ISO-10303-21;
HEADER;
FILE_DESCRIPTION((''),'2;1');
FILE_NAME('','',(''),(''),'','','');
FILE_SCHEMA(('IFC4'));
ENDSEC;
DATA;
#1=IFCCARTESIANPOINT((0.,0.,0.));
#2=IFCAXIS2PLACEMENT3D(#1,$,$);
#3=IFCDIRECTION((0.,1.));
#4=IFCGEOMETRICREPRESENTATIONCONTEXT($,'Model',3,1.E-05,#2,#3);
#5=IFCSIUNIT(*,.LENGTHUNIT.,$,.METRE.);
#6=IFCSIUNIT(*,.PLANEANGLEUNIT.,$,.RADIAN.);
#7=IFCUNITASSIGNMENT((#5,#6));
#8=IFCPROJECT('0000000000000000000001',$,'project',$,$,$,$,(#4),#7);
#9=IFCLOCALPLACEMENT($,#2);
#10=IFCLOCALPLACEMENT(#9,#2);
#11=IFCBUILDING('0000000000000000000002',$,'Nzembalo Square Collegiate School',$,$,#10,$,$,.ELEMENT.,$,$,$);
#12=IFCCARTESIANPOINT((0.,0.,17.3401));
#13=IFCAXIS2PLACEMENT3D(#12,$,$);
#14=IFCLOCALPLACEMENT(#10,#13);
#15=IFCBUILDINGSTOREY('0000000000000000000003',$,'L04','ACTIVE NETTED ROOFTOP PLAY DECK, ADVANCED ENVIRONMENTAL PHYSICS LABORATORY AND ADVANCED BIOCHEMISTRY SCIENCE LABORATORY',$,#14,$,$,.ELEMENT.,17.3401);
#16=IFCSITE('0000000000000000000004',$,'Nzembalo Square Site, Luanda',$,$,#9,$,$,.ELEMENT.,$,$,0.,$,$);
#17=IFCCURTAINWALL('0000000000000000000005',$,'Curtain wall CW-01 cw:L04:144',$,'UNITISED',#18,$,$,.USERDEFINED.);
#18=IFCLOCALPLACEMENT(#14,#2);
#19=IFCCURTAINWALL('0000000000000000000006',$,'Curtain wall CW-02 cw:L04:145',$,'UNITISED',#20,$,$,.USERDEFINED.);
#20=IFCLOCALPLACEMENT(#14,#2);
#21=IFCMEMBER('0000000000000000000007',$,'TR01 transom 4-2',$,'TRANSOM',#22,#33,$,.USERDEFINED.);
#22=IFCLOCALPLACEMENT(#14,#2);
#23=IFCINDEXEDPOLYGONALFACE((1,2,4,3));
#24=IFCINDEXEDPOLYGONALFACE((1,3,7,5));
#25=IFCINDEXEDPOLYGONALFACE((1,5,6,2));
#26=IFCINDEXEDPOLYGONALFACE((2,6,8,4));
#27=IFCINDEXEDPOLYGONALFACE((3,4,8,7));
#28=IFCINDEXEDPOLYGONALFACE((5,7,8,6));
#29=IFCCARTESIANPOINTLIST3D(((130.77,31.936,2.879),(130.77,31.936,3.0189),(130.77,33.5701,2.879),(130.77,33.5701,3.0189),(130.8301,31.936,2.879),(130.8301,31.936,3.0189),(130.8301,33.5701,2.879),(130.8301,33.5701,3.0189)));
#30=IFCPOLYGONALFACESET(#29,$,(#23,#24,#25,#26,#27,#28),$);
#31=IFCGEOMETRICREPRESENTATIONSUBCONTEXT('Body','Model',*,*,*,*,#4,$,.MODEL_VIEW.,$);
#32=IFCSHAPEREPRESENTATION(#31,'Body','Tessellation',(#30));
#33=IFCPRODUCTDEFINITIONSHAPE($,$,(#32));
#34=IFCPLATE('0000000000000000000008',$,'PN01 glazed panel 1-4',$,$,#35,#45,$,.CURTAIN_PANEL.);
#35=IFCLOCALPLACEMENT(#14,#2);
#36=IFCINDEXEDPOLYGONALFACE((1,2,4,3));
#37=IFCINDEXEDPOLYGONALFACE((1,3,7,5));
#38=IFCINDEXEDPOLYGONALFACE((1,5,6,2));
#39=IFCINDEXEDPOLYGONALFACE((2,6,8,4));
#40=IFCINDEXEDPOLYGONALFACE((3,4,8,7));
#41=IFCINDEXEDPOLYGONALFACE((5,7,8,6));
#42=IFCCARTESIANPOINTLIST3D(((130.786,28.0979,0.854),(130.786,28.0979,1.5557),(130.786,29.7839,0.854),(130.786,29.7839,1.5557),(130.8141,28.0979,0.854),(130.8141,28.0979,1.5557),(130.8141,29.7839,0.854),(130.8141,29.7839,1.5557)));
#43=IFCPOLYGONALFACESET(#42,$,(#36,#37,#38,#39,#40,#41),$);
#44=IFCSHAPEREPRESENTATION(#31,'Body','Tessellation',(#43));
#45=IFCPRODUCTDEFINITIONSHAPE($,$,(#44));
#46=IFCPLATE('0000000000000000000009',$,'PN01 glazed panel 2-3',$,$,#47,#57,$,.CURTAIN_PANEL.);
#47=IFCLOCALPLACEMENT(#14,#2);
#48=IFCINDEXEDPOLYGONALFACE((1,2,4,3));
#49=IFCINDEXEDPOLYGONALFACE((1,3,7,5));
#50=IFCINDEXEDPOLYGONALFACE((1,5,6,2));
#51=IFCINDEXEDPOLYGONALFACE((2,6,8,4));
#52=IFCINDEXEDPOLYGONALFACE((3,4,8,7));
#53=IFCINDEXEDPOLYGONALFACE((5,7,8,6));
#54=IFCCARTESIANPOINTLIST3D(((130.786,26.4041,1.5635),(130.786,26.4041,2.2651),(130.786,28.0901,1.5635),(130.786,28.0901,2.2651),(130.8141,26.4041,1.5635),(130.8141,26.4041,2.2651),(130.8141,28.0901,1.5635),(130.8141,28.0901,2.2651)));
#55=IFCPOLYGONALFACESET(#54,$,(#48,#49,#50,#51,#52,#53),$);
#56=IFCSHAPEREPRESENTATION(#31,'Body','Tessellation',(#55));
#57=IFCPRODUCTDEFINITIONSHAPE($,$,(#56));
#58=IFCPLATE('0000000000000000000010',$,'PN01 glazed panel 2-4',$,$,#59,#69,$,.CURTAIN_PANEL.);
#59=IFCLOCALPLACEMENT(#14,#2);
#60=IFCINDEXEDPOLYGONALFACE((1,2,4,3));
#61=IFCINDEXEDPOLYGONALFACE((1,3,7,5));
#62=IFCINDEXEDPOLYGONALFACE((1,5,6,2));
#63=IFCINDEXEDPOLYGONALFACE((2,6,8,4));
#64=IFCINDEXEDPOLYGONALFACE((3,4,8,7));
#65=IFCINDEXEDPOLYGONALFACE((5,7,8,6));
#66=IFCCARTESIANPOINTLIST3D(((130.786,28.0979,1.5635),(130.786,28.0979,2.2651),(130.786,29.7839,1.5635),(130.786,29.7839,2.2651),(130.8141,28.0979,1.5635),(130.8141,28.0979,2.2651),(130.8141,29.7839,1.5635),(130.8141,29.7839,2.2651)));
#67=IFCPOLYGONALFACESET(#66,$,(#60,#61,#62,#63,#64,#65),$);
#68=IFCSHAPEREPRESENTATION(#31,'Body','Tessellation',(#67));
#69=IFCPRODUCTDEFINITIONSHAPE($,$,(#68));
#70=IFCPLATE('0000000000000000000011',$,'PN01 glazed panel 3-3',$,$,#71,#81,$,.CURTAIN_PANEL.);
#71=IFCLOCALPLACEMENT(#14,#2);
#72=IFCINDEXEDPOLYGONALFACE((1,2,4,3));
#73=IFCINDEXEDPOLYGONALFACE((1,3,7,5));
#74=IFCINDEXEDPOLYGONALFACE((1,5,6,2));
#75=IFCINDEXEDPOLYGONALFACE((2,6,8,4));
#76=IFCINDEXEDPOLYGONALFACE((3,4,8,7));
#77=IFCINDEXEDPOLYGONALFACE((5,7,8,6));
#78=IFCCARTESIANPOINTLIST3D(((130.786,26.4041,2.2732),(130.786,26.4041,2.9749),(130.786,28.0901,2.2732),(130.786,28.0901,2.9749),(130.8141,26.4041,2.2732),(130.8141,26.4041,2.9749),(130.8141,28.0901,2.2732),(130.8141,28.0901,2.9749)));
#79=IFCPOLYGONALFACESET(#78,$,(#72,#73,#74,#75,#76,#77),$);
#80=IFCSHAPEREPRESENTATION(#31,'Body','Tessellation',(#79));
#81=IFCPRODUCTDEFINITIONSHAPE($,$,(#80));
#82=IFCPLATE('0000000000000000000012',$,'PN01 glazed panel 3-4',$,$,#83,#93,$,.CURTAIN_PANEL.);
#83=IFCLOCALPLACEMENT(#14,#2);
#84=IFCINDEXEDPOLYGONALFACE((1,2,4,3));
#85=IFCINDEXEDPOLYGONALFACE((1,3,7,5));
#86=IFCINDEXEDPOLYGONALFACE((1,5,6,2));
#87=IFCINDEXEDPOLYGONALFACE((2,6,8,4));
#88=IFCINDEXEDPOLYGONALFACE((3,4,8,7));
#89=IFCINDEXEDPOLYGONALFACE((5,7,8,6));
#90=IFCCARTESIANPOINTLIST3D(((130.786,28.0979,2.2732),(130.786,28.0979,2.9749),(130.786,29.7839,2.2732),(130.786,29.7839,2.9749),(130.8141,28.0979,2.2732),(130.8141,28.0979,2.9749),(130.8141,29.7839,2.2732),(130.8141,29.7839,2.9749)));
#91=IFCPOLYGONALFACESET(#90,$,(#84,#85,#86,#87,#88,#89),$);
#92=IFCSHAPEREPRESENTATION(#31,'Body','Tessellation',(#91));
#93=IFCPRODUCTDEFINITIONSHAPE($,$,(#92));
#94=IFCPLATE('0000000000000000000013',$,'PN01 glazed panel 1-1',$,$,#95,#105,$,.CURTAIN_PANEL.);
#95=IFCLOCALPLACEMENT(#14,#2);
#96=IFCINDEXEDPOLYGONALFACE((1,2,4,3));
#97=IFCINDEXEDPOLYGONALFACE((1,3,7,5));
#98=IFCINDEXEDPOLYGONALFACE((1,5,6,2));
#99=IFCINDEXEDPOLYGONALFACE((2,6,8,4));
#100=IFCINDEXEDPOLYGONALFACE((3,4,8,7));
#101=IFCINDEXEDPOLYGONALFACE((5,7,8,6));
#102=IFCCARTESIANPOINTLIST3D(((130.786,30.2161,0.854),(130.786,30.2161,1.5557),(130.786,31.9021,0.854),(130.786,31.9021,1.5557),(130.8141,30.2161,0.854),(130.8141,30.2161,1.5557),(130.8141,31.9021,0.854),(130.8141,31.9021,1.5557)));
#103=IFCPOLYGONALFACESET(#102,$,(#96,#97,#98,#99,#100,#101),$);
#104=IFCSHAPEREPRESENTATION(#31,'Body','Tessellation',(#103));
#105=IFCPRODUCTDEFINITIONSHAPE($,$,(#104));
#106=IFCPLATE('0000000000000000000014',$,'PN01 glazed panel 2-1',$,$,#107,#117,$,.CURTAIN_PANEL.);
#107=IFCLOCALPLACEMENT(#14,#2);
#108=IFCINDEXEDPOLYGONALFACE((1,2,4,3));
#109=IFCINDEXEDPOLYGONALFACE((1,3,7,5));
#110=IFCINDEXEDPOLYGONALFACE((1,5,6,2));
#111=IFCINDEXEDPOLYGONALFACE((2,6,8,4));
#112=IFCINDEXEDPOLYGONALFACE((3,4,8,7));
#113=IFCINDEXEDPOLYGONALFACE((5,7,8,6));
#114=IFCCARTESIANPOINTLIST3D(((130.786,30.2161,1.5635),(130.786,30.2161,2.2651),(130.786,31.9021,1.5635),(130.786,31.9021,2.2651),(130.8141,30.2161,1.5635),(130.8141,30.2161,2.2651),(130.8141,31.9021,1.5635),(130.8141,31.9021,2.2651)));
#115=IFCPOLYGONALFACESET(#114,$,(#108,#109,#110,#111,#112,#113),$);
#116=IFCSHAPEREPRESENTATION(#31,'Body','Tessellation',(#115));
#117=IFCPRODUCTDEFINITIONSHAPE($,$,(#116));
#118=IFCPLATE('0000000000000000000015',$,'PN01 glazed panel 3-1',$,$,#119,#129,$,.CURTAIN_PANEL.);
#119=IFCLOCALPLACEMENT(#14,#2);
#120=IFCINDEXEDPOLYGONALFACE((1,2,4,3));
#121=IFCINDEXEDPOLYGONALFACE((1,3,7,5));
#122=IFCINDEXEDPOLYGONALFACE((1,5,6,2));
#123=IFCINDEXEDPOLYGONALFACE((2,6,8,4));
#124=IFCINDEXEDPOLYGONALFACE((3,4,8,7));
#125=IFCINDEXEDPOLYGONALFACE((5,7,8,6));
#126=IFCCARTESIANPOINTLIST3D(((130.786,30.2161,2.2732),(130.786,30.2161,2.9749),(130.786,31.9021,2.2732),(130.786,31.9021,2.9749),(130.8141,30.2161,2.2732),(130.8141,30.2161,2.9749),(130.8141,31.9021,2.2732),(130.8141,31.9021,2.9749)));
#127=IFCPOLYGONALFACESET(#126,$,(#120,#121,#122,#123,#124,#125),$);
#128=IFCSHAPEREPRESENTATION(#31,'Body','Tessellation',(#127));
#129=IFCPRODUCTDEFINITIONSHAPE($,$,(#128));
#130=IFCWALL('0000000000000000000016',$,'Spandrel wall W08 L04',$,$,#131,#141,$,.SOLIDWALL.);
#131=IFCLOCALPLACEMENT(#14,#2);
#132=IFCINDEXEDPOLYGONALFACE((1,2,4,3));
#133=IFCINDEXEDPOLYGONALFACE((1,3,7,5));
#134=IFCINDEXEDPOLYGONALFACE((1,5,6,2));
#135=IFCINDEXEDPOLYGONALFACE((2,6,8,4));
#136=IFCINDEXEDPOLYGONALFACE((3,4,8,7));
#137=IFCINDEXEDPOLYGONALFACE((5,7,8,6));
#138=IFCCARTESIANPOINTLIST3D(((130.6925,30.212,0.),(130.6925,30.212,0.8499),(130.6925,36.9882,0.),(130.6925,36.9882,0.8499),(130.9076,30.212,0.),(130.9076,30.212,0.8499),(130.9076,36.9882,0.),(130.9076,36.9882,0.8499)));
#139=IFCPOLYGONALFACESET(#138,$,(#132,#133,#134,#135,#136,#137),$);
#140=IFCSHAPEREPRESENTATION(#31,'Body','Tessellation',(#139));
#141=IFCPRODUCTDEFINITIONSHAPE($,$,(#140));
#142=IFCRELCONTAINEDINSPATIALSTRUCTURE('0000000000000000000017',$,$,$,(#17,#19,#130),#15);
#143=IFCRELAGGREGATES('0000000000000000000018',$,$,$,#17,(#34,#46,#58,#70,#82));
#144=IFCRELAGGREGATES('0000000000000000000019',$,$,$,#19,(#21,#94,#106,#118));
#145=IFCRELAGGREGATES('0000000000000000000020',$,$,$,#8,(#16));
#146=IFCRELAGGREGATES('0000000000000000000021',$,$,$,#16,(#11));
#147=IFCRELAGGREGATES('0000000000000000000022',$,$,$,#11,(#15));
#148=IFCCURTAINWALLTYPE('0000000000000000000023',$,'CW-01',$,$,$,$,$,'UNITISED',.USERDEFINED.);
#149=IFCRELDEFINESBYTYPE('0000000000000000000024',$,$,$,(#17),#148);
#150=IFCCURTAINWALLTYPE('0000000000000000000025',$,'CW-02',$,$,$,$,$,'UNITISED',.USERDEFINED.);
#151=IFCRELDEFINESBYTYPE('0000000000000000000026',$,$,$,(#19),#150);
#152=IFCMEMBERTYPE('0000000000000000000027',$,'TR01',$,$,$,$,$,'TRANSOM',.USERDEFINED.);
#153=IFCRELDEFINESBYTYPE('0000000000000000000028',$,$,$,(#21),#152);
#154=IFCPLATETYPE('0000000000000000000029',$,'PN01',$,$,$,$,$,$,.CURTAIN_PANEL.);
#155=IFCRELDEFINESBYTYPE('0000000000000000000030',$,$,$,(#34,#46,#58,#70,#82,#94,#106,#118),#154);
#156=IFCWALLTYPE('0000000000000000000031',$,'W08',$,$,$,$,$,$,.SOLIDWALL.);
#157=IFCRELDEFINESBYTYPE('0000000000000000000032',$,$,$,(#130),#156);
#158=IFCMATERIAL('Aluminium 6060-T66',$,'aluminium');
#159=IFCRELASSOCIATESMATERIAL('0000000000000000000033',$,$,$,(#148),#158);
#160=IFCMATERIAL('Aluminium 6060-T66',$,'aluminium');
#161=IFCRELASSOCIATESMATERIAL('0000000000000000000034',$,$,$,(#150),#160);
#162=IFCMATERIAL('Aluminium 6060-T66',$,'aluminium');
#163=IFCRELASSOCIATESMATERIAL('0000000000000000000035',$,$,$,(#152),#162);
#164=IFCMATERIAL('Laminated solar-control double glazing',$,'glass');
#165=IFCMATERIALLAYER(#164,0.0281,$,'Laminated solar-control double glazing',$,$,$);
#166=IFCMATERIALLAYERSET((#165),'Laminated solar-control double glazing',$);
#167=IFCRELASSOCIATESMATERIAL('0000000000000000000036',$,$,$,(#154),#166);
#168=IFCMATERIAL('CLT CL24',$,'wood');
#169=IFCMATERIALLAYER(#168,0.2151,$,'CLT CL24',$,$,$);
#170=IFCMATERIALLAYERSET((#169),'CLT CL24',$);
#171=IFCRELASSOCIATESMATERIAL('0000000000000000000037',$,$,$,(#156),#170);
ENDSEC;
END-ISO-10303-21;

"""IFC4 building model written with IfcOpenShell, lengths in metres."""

from ifc_helpers import new_model, si_unit, direction, frame, frame_2d, origin, origin_2d, place, context, subcontext, project, spatial, rectangle, extrude, material, layer, layer_set, material_profile, profile_set, type_object, element, aggregate, save


model = new_model("IFC4")

# Units and contexts
model_context = context("Model", 3, precision=1e-05, world=origin(), true_north=direction((0.0, 1.0)))
body_context = subcontext(model_context, "Body", "Model", "MODEL_VIEW")
ifc_project = project(units=[si_unit("LENGTHUNIT", "METRE"), si_unit("PLANEANGLEUNIT", "RADIAN")], contexts=[model_context])

# Site, building, storey
site_placement = place(None, origin())
site = spatial("IfcSite", under=ifc_project, at=site_placement, Name="Nzembalo Square Site, Luanda", CompositionType="ELEMENT", RefElevation=0.0)
building_placement = place(site_placement, origin())
building = spatial("IfcBuilding", under=site, at=building_placement, Name="Nzembalo Square Collegiate School", CompositionType="ELEMENT")
storey_placement = place(building_placement, frame((0.0, 0.0, 17.3401)))
storey = spatial("IfcBuildingStorey", under=building, at=storey_placement, Name="L04", Description="ACTIVE NETTED ROOFTOP PLAY DECK, ADVANCED ENVIRONMENTAL PHYSICS LABORATORY AND ADVANCED BIOCHEMISTRY SCIENCE LABORATORY", CompositionType="ELEMENT", Elevation=17.3401)

# Curtain walls
ifc_material_1 = material(Name="Aluminium 6060-T66", Category="aluminium")
curtain_wall_type_1 = type_object("IfcCurtainWallType", Name="CW-01", ElementType="UNITISED", PredefinedType="USERDEFINED", material=ifc_material_1)
curtain_wall_1_placement = place(storey_placement, origin())
curtain_wall_1 = element("IfcCurtainWall", 1, at=curtain_wall_1_placement, inside=storey, type_object=curtain_wall_type_1, Name="Curtain wall CW-01 cw:L04:144", ObjectType="UNITISED", PredefinedType="USERDEFINED")
ifc_material_2 = material(Name="Aluminium 6060-T66", Category="aluminium")
curtain_wall_type_2 = type_object("IfcCurtainWallType", Name="CW-02", ElementType="UNITISED", PredefinedType="USERDEFINED", material=ifc_material_2)
curtain_wall_2_placement = place(storey_placement, origin())
curtain_wall_2 = element("IfcCurtainWall", 2, at=curtain_wall_2_placement, inside=storey, type_object=curtain_wall_type_2, Name="Curtain wall CW-02 cw:L04:145", ObjectType="UNITISED", PredefinedType="USERDEFINED")

# Member
ifc_material_3 = material(Name="Aluminium 6060-T66", Category="aluminium")
ifc_material_profile_1 = material_profile(ifc_material_3, rectangle(XDim=0.0601, YDim=0.1399, at=origin_2d()), Name="ALU T60x140")
ifc_profile_set_1 = profile_set([ifc_material_profile_1], Name="Aluminium 6060-T66")
member_type_1 = type_object("IfcMemberType", Name="TR01", ElementType="TRANSOM", PredefinedType="USERDEFINED", material=ifc_profile_set_1)
member_1_placement = place(storey_placement, frame((130.8, 31.936, 2.949), z_axis=(0.0, 1.0, 0.0), x_axis=(-1.0, 0.0, 0.0)))
member_1 = element("IfcMember", 3, at=member_1_placement, type_object=member_type_1, Name="TR01 transom 4-2", ObjectType="TRANSOM", PredefinedType="USERDEFINED", context=body_context, shape_type="SweptSolid", body=[
    extrude(rectangle(XDim=0.0601, YDim=0.1399, at=origin_2d()), origin(), (0.0, 0.0, 1.0), 1.634),
])

# Plates
ifc_material_4 = material(Name="Laminated solar-control double glazing", Category="glass")
ifc_layer_1 = layer(ifc_material_4, 0.0281, Name="Laminated solar-control double glazing")
ifc_layer_set_1 = layer_set([ifc_layer_1], Name="Laminated solar-control double glazing")
plate_type = type_object("IfcPlateType", Name="PN01", PredefinedType="CURTAIN_PANEL", material=ifc_layer_set_1)
plate_1_placement = place(storey_placement, frame((130.8, 28.9409, 0.854), z_axis=(0.0, 0.0, 1.0), x_axis=(0.0, 1.0, 0.0)))
plate_1 = element("IfcPlate", 4, at=plate_1_placement, type_object=plate_type, Name="PN01 glazed panel 1-4", PredefinedType="CURTAIN_PANEL", context=body_context, shape_type="SweptSolid", body=[
    extrude(rectangle(XDim=1.686, YDim=0.0281, at=origin_2d()), origin(), (0.0, 0.0, 1.0), 0.7017),
])
plate_2_placement = place(storey_placement, frame((130.8, 27.2471, 1.5635), z_axis=(0.0, 0.0, 1.0), x_axis=(0.0, 1.0, 0.0)))
plate_2 = element("IfcPlate", 5, at=plate_2_placement, type_object=plate_type, Name="PN01 glazed panel 2-3", PredefinedType="CURTAIN_PANEL", context=body_context, shape_type="SweptSolid", body=[
    extrude(rectangle(XDim=1.686, YDim=0.0281, at=origin_2d()), origin(), (0.0, 0.0, 1.0), 0.7017),
])
plate_3_placement = place(storey_placement, frame((130.8, 28.9409, 1.5635), z_axis=(0.0, 0.0, 1.0), x_axis=(0.0, 1.0, 0.0)))
plate_3 = element("IfcPlate", 6, at=plate_3_placement, type_object=plate_type, Name="PN01 glazed panel 2-4", PredefinedType="CURTAIN_PANEL", context=body_context, shape_type="SweptSolid", body=[
    extrude(rectangle(XDim=1.686, YDim=0.0281, at=origin_2d()), origin(), (0.0, 0.0, 1.0), 0.7017),
])
plate_4_placement = place(storey_placement, frame((130.8, 27.2471, 2.2732), z_axis=(0.0, 0.0, 1.0), x_axis=(0.0, 1.0, 0.0)))
plate_4 = element("IfcPlate", 7, at=plate_4_placement, type_object=plate_type, Name="PN01 glazed panel 3-3", PredefinedType="CURTAIN_PANEL", context=body_context, shape_type="SweptSolid", body=[
    extrude(rectangle(XDim=1.686, YDim=0.0281, at=origin_2d()), origin(), (0.0, 0.0, 1.0), 0.7017),
])
plate_5_placement = place(storey_placement, frame((130.8, 28.9409, 2.2732), z_axis=(0.0, 0.0, 1.0), x_axis=(0.0, 1.0, 0.0)))
plate_5 = element("IfcPlate", 8, at=plate_5_placement, type_object=plate_type, Name="PN01 glazed panel 3-4", PredefinedType="CURTAIN_PANEL", context=body_context, shape_type="SweptSolid", body=[
    extrude(rectangle(XDim=1.686, YDim=0.0281, at=origin_2d()), origin(), (0.0, 0.0, 1.0), 0.7017),
])
aggregate(curtain_wall_1, [plate_1, plate_2, plate_3, plate_4, plate_5])
plate_6_placement = place(storey_placement, frame((130.8, 31.0591, 0.854), z_axis=(0.0, 0.0, 1.0), x_axis=(0.0, 1.0, 0.0)))
plate_6 = element("IfcPlate", 9, at=plate_6_placement, type_object=plate_type, Name="PN01 glazed panel 1-1", PredefinedType="CURTAIN_PANEL", context=body_context, shape_type="SweptSolid", body=[
    extrude(rectangle(XDim=1.686, YDim=0.0281, at=origin_2d()), origin(), (0.0, 0.0, 1.0), 0.7017),
])
plate_7_placement = place(storey_placement, frame((130.8, 31.0591, 1.5635), z_axis=(0.0, 0.0, 1.0), x_axis=(0.0, 1.0, 0.0)))
plate_7 = element("IfcPlate", 10, at=plate_7_placement, type_object=plate_type, Name="PN01 glazed panel 2-1", PredefinedType="CURTAIN_PANEL", context=body_context, shape_type="SweptSolid", body=[
    extrude(rectangle(XDim=1.686, YDim=0.0281, at=origin_2d()), origin(), (0.0, 0.0, 1.0), 0.7017),
])
plate_8_placement = place(storey_placement, frame((130.8, 31.0591, 2.2732), z_axis=(0.0, 0.0, 1.0), x_axis=(0.0, 1.0, 0.0)))
plate_8 = element("IfcPlate", 11, at=plate_8_placement, type_object=plate_type, Name="PN01 glazed panel 3-1", PredefinedType="CURTAIN_PANEL", context=body_context, shape_type="SweptSolid", body=[
    extrude(rectangle(XDim=1.686, YDim=0.0281, at=origin_2d()), origin(), (0.0, 0.0, 1.0), 0.7017),
])
aggregate(curtain_wall_2, [member_1, plate_6, plate_7, plate_8])

# Wall
ifc_material_5 = material(Name="CLT CL24", Category="wood")
ifc_layer_2 = layer(ifc_material_5, 0.2151, Name="CLT CL24")
ifc_layer_set_2 = layer_set([ifc_layer_2], Name="CLT CL24")
wall_type = type_object("IfcWallType", Name="W08", PredefinedType="SOLIDWALL", material=ifc_layer_set_2)
wall_placement = place(storey_placement, frame((130.8, 30.2119, 0.0), z_axis=(0.0, 0.0, 1.0), x_axis=(0.0, 1.0, 0.0)))
element("IfcWall", 12, at=wall_placement, inside=storey, type_object=wall_type, Name="Spandrel wall W08 L04", PredefinedType="SOLIDWALL", context=body_context, shape_type="SweptSolid", body=[
    extrude(rectangle(XDim=6.7761, YDim=0.2151, at=frame_2d((3.3882, 0.0))), origin(), (0.0, 0.0, 1.0), 0.8499),
])

save(model, "model.ifc")
